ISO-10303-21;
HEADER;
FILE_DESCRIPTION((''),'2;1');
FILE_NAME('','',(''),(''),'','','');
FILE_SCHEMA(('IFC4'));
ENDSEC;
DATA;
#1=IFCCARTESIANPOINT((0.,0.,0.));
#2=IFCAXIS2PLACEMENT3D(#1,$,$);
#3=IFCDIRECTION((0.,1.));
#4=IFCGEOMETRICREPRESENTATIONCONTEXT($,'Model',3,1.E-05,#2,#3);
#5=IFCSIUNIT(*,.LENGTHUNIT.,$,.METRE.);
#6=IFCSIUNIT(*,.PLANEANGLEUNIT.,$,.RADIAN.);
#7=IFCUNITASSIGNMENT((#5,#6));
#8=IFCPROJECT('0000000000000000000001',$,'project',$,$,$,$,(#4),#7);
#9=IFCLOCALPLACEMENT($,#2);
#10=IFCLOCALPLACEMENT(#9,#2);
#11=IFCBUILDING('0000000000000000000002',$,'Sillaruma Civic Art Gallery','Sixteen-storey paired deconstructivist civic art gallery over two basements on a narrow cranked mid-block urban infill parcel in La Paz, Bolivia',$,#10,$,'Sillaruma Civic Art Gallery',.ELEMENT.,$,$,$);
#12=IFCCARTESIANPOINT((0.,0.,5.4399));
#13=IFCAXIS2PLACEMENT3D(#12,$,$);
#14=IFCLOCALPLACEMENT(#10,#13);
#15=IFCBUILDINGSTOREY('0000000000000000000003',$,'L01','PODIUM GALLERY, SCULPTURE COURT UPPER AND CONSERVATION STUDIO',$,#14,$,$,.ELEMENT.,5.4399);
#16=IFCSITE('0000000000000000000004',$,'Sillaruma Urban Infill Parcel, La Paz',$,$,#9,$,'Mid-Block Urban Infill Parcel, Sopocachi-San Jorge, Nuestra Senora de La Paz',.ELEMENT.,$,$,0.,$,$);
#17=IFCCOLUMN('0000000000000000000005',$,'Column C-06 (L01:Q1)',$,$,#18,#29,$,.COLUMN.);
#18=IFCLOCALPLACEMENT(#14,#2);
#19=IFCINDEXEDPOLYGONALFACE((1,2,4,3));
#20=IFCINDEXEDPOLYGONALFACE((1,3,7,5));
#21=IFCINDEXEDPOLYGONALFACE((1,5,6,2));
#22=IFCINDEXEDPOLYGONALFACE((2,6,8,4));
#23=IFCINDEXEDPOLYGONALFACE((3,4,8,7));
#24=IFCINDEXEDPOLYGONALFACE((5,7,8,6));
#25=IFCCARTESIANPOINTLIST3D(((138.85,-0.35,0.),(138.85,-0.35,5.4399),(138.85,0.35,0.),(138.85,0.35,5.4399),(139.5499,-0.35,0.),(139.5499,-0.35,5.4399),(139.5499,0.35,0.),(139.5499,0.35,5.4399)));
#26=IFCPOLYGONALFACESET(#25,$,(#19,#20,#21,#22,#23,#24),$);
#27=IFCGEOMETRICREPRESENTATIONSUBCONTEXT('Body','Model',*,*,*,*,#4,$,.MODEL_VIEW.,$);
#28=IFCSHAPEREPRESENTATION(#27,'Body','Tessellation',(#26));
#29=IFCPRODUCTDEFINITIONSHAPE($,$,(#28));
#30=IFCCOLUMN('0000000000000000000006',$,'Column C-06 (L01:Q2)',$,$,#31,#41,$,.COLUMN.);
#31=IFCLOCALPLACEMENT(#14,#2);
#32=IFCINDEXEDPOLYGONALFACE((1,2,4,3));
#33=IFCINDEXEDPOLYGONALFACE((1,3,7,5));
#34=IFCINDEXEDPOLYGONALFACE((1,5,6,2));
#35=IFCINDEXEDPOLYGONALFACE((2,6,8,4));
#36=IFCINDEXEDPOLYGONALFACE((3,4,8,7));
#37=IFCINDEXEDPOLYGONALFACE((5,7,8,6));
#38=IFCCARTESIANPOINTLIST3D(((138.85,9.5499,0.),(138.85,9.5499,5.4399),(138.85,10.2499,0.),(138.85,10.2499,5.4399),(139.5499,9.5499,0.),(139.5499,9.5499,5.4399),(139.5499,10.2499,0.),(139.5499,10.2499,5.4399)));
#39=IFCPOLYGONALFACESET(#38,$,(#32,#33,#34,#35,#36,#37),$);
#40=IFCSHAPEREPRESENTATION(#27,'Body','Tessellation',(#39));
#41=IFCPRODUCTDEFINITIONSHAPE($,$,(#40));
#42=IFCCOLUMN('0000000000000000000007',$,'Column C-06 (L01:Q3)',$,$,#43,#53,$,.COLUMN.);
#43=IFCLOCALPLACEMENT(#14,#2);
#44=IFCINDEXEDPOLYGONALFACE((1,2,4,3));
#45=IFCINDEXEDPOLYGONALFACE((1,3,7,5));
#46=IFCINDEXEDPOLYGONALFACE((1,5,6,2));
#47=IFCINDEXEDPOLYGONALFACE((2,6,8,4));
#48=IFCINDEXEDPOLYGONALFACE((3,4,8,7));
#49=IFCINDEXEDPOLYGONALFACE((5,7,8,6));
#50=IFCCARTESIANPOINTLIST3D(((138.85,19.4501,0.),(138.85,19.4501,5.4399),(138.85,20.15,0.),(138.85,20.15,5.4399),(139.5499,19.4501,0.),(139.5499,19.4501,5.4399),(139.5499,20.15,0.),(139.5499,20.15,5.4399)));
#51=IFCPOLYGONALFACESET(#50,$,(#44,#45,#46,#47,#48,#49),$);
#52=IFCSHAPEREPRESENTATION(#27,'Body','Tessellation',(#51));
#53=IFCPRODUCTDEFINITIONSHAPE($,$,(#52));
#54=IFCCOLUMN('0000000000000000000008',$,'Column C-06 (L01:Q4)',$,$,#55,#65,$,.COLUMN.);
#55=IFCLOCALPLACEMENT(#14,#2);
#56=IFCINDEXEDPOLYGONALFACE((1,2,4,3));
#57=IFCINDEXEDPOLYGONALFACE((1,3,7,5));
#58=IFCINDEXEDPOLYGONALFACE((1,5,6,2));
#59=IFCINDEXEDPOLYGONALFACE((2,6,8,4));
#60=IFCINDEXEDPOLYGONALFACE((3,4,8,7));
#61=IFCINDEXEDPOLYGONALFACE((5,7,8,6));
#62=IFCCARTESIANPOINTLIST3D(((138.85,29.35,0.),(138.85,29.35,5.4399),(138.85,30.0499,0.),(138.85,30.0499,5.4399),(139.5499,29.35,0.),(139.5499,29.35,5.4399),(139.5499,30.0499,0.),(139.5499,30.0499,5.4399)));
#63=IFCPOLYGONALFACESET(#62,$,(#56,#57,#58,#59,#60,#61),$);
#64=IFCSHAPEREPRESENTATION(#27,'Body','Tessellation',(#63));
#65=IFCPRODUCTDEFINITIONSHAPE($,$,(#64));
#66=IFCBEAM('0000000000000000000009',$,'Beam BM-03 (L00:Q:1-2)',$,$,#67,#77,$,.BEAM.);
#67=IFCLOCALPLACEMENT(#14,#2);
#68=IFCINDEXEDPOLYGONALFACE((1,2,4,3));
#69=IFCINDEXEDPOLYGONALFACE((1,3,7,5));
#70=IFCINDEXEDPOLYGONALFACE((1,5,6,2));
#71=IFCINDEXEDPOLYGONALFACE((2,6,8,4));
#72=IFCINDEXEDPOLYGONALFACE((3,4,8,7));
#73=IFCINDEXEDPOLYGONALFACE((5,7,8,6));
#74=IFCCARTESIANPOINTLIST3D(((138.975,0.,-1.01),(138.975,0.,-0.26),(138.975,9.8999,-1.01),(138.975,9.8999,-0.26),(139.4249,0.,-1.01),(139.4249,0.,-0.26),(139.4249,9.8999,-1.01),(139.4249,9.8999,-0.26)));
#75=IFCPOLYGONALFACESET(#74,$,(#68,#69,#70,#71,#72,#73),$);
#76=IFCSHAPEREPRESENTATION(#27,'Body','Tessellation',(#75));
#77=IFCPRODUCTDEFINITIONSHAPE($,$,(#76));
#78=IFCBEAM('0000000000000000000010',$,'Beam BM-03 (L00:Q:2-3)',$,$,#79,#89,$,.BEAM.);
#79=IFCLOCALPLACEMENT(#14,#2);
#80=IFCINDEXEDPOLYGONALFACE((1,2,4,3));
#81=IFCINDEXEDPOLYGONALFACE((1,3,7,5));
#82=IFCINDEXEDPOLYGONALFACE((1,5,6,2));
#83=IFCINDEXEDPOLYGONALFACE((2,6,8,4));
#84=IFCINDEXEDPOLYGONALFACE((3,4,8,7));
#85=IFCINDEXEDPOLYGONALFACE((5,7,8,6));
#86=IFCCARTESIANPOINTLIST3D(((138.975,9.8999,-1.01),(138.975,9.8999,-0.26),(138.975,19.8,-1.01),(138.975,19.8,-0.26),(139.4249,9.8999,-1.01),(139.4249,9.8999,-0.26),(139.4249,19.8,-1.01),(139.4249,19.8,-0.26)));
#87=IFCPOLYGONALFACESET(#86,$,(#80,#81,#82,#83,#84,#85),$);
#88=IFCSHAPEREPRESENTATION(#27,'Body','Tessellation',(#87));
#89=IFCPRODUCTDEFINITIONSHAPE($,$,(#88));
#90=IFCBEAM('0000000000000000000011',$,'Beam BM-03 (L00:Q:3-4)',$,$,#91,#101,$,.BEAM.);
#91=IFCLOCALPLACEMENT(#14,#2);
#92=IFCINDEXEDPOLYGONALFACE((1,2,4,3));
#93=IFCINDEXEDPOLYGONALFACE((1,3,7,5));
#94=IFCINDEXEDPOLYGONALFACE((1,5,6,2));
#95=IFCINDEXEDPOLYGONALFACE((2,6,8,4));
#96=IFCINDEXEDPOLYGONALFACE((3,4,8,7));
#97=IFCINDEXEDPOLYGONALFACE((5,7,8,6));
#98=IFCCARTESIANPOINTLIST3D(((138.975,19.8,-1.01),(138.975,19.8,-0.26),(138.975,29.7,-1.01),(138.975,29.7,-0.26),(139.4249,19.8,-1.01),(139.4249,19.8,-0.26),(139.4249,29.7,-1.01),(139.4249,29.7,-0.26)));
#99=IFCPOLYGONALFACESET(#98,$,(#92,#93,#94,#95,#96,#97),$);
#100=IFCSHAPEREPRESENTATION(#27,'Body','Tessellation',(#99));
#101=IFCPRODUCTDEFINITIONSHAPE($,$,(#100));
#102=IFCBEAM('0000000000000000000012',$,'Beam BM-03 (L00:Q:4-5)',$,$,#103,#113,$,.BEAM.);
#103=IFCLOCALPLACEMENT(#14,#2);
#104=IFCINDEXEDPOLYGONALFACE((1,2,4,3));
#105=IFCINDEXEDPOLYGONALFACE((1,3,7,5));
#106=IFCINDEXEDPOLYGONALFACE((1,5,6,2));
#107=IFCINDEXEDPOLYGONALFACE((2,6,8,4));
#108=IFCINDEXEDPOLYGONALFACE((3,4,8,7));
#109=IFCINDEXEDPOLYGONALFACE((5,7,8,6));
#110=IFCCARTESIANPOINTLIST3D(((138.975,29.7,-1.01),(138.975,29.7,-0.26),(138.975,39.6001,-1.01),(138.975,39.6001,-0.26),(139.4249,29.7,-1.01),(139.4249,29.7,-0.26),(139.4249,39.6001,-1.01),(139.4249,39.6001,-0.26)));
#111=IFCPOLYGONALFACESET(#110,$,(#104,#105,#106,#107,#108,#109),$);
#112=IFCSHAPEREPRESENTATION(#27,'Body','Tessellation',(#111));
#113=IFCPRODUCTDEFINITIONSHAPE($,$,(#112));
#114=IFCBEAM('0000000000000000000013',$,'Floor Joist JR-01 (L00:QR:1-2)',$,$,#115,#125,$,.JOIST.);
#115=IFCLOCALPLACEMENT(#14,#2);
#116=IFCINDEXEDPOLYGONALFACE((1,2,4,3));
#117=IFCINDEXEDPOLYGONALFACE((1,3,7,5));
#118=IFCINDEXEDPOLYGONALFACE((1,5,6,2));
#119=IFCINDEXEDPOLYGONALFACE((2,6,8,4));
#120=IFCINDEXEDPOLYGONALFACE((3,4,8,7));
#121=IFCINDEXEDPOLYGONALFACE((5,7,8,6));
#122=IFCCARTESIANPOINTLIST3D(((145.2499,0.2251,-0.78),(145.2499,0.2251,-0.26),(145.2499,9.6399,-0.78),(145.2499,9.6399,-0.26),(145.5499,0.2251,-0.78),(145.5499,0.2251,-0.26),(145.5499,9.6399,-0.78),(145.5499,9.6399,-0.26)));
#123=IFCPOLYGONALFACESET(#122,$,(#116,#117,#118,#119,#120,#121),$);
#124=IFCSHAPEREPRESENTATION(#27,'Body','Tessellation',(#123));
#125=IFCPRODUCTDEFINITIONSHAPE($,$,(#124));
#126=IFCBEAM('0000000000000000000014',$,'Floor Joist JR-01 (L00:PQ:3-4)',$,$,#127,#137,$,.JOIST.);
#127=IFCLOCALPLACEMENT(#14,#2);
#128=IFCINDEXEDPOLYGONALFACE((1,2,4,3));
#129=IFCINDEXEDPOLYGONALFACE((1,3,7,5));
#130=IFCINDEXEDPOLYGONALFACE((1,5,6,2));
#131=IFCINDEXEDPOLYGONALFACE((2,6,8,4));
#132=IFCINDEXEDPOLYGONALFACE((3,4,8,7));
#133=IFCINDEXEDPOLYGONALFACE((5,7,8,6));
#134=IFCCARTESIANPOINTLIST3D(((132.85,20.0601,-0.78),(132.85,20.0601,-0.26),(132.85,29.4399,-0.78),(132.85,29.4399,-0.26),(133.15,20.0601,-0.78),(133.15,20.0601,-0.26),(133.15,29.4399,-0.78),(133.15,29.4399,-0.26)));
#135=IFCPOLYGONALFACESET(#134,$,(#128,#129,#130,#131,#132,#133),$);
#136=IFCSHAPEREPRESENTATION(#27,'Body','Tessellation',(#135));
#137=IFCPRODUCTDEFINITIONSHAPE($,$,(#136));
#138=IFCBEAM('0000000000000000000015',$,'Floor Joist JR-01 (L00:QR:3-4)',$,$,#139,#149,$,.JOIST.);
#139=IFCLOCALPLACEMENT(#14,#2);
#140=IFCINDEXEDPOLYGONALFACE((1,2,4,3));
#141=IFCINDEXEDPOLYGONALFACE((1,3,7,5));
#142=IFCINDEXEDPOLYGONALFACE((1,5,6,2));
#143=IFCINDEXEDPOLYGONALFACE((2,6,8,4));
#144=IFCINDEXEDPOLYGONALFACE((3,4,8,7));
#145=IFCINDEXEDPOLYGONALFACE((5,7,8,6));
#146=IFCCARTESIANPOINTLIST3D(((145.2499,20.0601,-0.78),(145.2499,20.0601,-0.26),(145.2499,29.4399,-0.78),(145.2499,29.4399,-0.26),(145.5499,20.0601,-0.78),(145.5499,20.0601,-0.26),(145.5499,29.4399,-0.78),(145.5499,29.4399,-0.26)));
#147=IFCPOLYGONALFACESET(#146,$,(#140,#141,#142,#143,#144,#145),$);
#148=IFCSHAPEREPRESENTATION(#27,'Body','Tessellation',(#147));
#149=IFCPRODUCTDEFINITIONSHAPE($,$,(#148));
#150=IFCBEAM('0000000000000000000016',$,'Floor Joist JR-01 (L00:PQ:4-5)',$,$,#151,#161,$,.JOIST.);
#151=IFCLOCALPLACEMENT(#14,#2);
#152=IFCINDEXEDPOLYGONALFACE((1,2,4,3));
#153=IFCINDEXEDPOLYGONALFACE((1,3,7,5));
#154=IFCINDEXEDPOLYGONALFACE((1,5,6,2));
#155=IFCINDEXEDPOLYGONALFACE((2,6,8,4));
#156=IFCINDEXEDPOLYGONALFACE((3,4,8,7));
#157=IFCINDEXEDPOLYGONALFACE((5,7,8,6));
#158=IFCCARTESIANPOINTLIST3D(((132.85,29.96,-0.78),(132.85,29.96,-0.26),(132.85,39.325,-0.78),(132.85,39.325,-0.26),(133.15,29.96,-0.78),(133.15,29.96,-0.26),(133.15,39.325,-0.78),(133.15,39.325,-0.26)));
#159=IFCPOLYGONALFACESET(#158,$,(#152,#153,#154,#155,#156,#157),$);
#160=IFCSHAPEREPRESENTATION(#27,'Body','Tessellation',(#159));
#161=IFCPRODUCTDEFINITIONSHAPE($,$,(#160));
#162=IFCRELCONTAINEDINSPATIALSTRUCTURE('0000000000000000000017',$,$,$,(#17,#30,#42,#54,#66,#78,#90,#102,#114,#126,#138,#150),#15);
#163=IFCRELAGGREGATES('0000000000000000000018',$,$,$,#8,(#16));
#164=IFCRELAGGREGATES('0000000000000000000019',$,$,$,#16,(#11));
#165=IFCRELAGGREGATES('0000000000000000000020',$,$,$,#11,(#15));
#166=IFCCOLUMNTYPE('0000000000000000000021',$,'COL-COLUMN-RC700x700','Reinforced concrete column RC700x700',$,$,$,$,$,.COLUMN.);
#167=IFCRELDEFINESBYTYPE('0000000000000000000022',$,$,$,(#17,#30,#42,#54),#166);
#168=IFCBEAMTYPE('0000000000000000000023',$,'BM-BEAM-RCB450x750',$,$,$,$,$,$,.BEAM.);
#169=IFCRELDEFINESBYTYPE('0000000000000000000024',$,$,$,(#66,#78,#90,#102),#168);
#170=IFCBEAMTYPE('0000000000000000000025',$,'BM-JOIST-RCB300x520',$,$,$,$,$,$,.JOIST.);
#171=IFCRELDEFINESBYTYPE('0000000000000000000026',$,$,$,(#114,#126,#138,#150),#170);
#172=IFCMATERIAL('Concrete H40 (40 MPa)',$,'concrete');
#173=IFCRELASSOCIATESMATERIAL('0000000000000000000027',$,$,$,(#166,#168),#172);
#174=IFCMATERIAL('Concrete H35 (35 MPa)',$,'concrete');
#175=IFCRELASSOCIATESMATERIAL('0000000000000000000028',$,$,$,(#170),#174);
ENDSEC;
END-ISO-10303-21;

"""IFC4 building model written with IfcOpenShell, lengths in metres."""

from ifc_helpers import new_model, si_unit, direction, frame, origin, origin_2d, place, context, subcontext, project, spatial, rectangle, extrude, material, material_profile, profile_set, type_object, element, save


model = new_model("IFC4")

# Units and contexts
model_context = context("Model", 3, precision=1e-05, world=origin(), true_north=direction((0.0, 1.0)))
body_context = subcontext(model_context, "Body", "Model", "MODEL_VIEW")
ifc_project = project(units=[si_unit("LENGTHUNIT", "METRE"), si_unit("PLANEANGLEUNIT", "RADIAN")], contexts=[model_context])

# Site, building, storey
site_placement = place(None, origin())
site = spatial("IfcSite", under=ifc_project, at=site_placement, Name="Sillaruma Urban Infill Parcel, La Paz", LongName="Mid-Block Urban Infill Parcel, Sopocachi-San Jorge, Nuestra Senora de La Paz", CompositionType="ELEMENT", RefElevation=0.0)
building_placement = place(site_placement, origin())
building = spatial("IfcBuilding", under=site, at=building_placement, Name="Sillaruma Civic Art Gallery", Description="Sixteen-storey paired deconstructivist civic art gallery over two basements on a narrow cranked mid-block urban infill parcel in La Paz, Bolivia", LongName="Sillaruma Civic Art Gallery", CompositionType="ELEMENT")
storey_placement = place(building_placement, frame((0.0, 0.0, 5.4399)))
storey = spatial("IfcBuildingStorey", under=building, at=storey_placement, Name="L01", Description="PODIUM GALLERY, SCULPTURE COURT UPPER AND CONSERVATION STUDIO", CompositionType="ELEMENT", Elevation=5.4399)

# Columns
ifc_material_1 = material(Name="Concrete H40 (40 MPa)", Category="concrete")
ifc_material_profile_1 = material_profile(ifc_material_1, rectangle(XDim=0.7, YDim=0.7, at=origin_2d()), Name="RC700x700")
ifc_profile_set_1 = profile_set([ifc_material_profile_1], Name="Concrete H40 (40 MPa)")
column_type = type_object("IfcColumnType", Name="COL-COLUMN-RC700x700", Description="Reinforced concrete column RC700x700", PredefinedType="COLUMN", material=ifc_profile_set_1)
for number, where, z_axis, x_axis, name in (
    (1, (139.2, 0.0, 0.0), (0.0, 0.0, 1.0), (1.0, 0.0, 0.0), "Column C-06 (L01:Q1)"),
    (2, (139.2, 9.8999, 0.0), (0.0, 0.0, 1.0), (1.0, 0.0, 0.0), "Column C-06 (L01:Q2)"),
    (3, (139.2, 19.8, 0.0), (0.0, 0.0, 1.0), (1.0, 0.0, 0.0), "Column C-06 (L01:Q3)"),
    (4, (139.2, 29.7, 0.0), (0.0, 0.0, 1.0), (1.0, 0.0, 0.0), "Column C-06 (L01:Q4)"),
):
    element("IfcColumn", number, at=place(storey_placement, frame(where, z_axis=z_axis, x_axis=x_axis)), inside=storey, type_object=column_type, Name=name, PredefinedType="COLUMN", context=body_context, shape_type="SweptSolid", body=[
        extrude(rectangle(XDim=0.7, YDim=0.7, at=origin_2d()), origin(), (0.0, 0.0, 1.0), 5.4399),
    ])

# Beams
ifc_material_profile_2 = material_profile(ifc_material_1, rectangle(XDim=0.45, YDim=0.75, at=origin_2d()), Name="RCB450x750")
ifc_profile_set_2 = profile_set([ifc_material_profile_2], Name="Concrete H40 (40 MPa)")
beam_type_1 = type_object("IfcBeamType", Name="BM-BEAM-RCB450x750", PredefinedType="BEAM", material=ifc_profile_set_2)
beam_1_placement = place(storey_placement, frame((139.2, 0.0, -0.635), z_axis=(0.0, 1.0, 0.0), x_axis=(-1.0, 0.0, 0.0)))
element("IfcBeam", 5, at=beam_1_placement, inside=storey, type_object=beam_type_1, Name="Beam BM-03 (L00:Q:1-2)", PredefinedType="BEAM", context=body_context, shape_type="SweptSolid", body=[
    extrude(rectangle(XDim=0.45, YDim=0.75, at=origin_2d()), origin(), (0.0, 0.0, 1.0), 9.8999),
])
beam_2_placement = place(storey_placement, frame((139.2, 9.8999, -0.635), z_axis=(0.0, 1.0, 0.0), x_axis=(-1.0, 0.0, 0.0)))
element("IfcBeam", 6, at=beam_2_placement, inside=storey, type_object=beam_type_1, Name="Beam BM-03 (L00:Q:2-3)", PredefinedType="BEAM", context=body_context, shape_type="SweptSolid", body=[
    extrude(rectangle(XDim=0.45, YDim=0.75, at=origin_2d()), origin(), (0.0, 0.0, 1.0), 9.9001),
])
beam_3_placement = place(storey_placement, frame((139.2, 19.8, -0.635), z_axis=(0.0, 1.0, 0.0), x_axis=(-1.0, 0.0, 0.0)))
element("IfcBeam", 7, at=beam_3_placement, inside=storey, type_object=beam_type_1, Name="Beam BM-03 (L00:Q:3-4)", PredefinedType="BEAM", context=body_context, shape_type="SweptSolid", body=[
    extrude(rectangle(XDim=0.45, YDim=0.75, at=origin_2d()), origin(), (0.0, 0.0, 1.0), 9.8999),
])
beam_4_placement = place(storey_placement, frame((139.2, 29.7, -0.635), z_axis=(0.0, 1.0, 0.0), x_axis=(-1.0, 0.0, 0.0)))
element("IfcBeam", 8, at=beam_4_placement, inside=storey, type_object=beam_type_1, Name="Beam BM-03 (L00:Q:4-5)", PredefinedType="BEAM", context=body_context, shape_type="SweptSolid", body=[
    extrude(rectangle(XDim=0.45, YDim=0.75, at=origin_2d()), origin(), (0.0, 0.0, 1.0), 9.9001),
])
ifc_material_2 = material(Name="Concrete H35 (35 MPa)", Category="concrete")
ifc_material_profile_3 = material_profile(ifc_material_2, rectangle(XDim=0.3, YDim=0.52, at=origin_2d()), Name="RCB300x520")
ifc_profile_set_3 = profile_set([ifc_material_profile_3], Name="Concrete H35 (35 MPa)")
beam_type_2 = type_object("IfcBeamType", Name="BM-JOIST-RCB300x520", PredefinedType="JOIST", material=ifc_profile_set_3)
beam_5_placement = place(storey_placement, frame((145.3999, 0.2251, -0.52), z_axis=(0.0, 1.0, 0.0), x_axis=(-1.0, 0.0, 0.0)))
element("IfcBeam", 9, at=beam_5_placement, inside=storey, type_object=beam_type_2, Name="Floor Joist JR-01 (L00:QR:1-2)", PredefinedType="JOIST", context=body_context, shape_type="SweptSolid", body=[
    extrude(rectangle(XDim=0.3, YDim=0.52, at=origin_2d()), origin(), (0.0, 0.0, 1.0), 9.4148),
])
for number, where, z_axis, x_axis, name in (
    (10, (133.0, 20.0601, -0.52), (0.0, 1.0, 0.0), (-1.0, 0.0, 0.0), "Floor Joist JR-01 (L00:PQ:3-4)"),
    (11, (145.3999, 20.0601, -0.52), (0.0, 1.0, 0.0), (-1.0, 0.0, 0.0), "Floor Joist JR-01 (L00:QR:3-4)"),
):
    element("IfcBeam", number, at=place(storey_placement, frame(where, z_axis=z_axis, x_axis=x_axis)), inside=storey, type_object=beam_type_2, Name=name, PredefinedType="JOIST", context=body_context, shape_type="SweptSolid", body=[
        extrude(rectangle(XDim=0.3, YDim=0.52, at=origin_2d()), origin(), (0.0, 0.0, 1.0), 9.3799),
    ])
beam_6_placement = place(storey_placement, frame((133.0, 29.96, -0.52), z_axis=(0.0, 1.0, 0.0), x_axis=(-1.0, 0.0, 0.0)))
element("IfcBeam", 12, at=beam_6_placement, inside=storey, type_object=beam_type_2, Name="Floor Joist JR-01 (L00:PQ:4-5)", PredefinedType="JOIST", context=body_context, shape_type="SweptSolid", body=[
    extrude(rectangle(XDim=0.3, YDim=0.52, at=origin_2d()), origin(), (0.0, 0.0, 1.0), 9.365),
])

save(model, "model.ifc")
